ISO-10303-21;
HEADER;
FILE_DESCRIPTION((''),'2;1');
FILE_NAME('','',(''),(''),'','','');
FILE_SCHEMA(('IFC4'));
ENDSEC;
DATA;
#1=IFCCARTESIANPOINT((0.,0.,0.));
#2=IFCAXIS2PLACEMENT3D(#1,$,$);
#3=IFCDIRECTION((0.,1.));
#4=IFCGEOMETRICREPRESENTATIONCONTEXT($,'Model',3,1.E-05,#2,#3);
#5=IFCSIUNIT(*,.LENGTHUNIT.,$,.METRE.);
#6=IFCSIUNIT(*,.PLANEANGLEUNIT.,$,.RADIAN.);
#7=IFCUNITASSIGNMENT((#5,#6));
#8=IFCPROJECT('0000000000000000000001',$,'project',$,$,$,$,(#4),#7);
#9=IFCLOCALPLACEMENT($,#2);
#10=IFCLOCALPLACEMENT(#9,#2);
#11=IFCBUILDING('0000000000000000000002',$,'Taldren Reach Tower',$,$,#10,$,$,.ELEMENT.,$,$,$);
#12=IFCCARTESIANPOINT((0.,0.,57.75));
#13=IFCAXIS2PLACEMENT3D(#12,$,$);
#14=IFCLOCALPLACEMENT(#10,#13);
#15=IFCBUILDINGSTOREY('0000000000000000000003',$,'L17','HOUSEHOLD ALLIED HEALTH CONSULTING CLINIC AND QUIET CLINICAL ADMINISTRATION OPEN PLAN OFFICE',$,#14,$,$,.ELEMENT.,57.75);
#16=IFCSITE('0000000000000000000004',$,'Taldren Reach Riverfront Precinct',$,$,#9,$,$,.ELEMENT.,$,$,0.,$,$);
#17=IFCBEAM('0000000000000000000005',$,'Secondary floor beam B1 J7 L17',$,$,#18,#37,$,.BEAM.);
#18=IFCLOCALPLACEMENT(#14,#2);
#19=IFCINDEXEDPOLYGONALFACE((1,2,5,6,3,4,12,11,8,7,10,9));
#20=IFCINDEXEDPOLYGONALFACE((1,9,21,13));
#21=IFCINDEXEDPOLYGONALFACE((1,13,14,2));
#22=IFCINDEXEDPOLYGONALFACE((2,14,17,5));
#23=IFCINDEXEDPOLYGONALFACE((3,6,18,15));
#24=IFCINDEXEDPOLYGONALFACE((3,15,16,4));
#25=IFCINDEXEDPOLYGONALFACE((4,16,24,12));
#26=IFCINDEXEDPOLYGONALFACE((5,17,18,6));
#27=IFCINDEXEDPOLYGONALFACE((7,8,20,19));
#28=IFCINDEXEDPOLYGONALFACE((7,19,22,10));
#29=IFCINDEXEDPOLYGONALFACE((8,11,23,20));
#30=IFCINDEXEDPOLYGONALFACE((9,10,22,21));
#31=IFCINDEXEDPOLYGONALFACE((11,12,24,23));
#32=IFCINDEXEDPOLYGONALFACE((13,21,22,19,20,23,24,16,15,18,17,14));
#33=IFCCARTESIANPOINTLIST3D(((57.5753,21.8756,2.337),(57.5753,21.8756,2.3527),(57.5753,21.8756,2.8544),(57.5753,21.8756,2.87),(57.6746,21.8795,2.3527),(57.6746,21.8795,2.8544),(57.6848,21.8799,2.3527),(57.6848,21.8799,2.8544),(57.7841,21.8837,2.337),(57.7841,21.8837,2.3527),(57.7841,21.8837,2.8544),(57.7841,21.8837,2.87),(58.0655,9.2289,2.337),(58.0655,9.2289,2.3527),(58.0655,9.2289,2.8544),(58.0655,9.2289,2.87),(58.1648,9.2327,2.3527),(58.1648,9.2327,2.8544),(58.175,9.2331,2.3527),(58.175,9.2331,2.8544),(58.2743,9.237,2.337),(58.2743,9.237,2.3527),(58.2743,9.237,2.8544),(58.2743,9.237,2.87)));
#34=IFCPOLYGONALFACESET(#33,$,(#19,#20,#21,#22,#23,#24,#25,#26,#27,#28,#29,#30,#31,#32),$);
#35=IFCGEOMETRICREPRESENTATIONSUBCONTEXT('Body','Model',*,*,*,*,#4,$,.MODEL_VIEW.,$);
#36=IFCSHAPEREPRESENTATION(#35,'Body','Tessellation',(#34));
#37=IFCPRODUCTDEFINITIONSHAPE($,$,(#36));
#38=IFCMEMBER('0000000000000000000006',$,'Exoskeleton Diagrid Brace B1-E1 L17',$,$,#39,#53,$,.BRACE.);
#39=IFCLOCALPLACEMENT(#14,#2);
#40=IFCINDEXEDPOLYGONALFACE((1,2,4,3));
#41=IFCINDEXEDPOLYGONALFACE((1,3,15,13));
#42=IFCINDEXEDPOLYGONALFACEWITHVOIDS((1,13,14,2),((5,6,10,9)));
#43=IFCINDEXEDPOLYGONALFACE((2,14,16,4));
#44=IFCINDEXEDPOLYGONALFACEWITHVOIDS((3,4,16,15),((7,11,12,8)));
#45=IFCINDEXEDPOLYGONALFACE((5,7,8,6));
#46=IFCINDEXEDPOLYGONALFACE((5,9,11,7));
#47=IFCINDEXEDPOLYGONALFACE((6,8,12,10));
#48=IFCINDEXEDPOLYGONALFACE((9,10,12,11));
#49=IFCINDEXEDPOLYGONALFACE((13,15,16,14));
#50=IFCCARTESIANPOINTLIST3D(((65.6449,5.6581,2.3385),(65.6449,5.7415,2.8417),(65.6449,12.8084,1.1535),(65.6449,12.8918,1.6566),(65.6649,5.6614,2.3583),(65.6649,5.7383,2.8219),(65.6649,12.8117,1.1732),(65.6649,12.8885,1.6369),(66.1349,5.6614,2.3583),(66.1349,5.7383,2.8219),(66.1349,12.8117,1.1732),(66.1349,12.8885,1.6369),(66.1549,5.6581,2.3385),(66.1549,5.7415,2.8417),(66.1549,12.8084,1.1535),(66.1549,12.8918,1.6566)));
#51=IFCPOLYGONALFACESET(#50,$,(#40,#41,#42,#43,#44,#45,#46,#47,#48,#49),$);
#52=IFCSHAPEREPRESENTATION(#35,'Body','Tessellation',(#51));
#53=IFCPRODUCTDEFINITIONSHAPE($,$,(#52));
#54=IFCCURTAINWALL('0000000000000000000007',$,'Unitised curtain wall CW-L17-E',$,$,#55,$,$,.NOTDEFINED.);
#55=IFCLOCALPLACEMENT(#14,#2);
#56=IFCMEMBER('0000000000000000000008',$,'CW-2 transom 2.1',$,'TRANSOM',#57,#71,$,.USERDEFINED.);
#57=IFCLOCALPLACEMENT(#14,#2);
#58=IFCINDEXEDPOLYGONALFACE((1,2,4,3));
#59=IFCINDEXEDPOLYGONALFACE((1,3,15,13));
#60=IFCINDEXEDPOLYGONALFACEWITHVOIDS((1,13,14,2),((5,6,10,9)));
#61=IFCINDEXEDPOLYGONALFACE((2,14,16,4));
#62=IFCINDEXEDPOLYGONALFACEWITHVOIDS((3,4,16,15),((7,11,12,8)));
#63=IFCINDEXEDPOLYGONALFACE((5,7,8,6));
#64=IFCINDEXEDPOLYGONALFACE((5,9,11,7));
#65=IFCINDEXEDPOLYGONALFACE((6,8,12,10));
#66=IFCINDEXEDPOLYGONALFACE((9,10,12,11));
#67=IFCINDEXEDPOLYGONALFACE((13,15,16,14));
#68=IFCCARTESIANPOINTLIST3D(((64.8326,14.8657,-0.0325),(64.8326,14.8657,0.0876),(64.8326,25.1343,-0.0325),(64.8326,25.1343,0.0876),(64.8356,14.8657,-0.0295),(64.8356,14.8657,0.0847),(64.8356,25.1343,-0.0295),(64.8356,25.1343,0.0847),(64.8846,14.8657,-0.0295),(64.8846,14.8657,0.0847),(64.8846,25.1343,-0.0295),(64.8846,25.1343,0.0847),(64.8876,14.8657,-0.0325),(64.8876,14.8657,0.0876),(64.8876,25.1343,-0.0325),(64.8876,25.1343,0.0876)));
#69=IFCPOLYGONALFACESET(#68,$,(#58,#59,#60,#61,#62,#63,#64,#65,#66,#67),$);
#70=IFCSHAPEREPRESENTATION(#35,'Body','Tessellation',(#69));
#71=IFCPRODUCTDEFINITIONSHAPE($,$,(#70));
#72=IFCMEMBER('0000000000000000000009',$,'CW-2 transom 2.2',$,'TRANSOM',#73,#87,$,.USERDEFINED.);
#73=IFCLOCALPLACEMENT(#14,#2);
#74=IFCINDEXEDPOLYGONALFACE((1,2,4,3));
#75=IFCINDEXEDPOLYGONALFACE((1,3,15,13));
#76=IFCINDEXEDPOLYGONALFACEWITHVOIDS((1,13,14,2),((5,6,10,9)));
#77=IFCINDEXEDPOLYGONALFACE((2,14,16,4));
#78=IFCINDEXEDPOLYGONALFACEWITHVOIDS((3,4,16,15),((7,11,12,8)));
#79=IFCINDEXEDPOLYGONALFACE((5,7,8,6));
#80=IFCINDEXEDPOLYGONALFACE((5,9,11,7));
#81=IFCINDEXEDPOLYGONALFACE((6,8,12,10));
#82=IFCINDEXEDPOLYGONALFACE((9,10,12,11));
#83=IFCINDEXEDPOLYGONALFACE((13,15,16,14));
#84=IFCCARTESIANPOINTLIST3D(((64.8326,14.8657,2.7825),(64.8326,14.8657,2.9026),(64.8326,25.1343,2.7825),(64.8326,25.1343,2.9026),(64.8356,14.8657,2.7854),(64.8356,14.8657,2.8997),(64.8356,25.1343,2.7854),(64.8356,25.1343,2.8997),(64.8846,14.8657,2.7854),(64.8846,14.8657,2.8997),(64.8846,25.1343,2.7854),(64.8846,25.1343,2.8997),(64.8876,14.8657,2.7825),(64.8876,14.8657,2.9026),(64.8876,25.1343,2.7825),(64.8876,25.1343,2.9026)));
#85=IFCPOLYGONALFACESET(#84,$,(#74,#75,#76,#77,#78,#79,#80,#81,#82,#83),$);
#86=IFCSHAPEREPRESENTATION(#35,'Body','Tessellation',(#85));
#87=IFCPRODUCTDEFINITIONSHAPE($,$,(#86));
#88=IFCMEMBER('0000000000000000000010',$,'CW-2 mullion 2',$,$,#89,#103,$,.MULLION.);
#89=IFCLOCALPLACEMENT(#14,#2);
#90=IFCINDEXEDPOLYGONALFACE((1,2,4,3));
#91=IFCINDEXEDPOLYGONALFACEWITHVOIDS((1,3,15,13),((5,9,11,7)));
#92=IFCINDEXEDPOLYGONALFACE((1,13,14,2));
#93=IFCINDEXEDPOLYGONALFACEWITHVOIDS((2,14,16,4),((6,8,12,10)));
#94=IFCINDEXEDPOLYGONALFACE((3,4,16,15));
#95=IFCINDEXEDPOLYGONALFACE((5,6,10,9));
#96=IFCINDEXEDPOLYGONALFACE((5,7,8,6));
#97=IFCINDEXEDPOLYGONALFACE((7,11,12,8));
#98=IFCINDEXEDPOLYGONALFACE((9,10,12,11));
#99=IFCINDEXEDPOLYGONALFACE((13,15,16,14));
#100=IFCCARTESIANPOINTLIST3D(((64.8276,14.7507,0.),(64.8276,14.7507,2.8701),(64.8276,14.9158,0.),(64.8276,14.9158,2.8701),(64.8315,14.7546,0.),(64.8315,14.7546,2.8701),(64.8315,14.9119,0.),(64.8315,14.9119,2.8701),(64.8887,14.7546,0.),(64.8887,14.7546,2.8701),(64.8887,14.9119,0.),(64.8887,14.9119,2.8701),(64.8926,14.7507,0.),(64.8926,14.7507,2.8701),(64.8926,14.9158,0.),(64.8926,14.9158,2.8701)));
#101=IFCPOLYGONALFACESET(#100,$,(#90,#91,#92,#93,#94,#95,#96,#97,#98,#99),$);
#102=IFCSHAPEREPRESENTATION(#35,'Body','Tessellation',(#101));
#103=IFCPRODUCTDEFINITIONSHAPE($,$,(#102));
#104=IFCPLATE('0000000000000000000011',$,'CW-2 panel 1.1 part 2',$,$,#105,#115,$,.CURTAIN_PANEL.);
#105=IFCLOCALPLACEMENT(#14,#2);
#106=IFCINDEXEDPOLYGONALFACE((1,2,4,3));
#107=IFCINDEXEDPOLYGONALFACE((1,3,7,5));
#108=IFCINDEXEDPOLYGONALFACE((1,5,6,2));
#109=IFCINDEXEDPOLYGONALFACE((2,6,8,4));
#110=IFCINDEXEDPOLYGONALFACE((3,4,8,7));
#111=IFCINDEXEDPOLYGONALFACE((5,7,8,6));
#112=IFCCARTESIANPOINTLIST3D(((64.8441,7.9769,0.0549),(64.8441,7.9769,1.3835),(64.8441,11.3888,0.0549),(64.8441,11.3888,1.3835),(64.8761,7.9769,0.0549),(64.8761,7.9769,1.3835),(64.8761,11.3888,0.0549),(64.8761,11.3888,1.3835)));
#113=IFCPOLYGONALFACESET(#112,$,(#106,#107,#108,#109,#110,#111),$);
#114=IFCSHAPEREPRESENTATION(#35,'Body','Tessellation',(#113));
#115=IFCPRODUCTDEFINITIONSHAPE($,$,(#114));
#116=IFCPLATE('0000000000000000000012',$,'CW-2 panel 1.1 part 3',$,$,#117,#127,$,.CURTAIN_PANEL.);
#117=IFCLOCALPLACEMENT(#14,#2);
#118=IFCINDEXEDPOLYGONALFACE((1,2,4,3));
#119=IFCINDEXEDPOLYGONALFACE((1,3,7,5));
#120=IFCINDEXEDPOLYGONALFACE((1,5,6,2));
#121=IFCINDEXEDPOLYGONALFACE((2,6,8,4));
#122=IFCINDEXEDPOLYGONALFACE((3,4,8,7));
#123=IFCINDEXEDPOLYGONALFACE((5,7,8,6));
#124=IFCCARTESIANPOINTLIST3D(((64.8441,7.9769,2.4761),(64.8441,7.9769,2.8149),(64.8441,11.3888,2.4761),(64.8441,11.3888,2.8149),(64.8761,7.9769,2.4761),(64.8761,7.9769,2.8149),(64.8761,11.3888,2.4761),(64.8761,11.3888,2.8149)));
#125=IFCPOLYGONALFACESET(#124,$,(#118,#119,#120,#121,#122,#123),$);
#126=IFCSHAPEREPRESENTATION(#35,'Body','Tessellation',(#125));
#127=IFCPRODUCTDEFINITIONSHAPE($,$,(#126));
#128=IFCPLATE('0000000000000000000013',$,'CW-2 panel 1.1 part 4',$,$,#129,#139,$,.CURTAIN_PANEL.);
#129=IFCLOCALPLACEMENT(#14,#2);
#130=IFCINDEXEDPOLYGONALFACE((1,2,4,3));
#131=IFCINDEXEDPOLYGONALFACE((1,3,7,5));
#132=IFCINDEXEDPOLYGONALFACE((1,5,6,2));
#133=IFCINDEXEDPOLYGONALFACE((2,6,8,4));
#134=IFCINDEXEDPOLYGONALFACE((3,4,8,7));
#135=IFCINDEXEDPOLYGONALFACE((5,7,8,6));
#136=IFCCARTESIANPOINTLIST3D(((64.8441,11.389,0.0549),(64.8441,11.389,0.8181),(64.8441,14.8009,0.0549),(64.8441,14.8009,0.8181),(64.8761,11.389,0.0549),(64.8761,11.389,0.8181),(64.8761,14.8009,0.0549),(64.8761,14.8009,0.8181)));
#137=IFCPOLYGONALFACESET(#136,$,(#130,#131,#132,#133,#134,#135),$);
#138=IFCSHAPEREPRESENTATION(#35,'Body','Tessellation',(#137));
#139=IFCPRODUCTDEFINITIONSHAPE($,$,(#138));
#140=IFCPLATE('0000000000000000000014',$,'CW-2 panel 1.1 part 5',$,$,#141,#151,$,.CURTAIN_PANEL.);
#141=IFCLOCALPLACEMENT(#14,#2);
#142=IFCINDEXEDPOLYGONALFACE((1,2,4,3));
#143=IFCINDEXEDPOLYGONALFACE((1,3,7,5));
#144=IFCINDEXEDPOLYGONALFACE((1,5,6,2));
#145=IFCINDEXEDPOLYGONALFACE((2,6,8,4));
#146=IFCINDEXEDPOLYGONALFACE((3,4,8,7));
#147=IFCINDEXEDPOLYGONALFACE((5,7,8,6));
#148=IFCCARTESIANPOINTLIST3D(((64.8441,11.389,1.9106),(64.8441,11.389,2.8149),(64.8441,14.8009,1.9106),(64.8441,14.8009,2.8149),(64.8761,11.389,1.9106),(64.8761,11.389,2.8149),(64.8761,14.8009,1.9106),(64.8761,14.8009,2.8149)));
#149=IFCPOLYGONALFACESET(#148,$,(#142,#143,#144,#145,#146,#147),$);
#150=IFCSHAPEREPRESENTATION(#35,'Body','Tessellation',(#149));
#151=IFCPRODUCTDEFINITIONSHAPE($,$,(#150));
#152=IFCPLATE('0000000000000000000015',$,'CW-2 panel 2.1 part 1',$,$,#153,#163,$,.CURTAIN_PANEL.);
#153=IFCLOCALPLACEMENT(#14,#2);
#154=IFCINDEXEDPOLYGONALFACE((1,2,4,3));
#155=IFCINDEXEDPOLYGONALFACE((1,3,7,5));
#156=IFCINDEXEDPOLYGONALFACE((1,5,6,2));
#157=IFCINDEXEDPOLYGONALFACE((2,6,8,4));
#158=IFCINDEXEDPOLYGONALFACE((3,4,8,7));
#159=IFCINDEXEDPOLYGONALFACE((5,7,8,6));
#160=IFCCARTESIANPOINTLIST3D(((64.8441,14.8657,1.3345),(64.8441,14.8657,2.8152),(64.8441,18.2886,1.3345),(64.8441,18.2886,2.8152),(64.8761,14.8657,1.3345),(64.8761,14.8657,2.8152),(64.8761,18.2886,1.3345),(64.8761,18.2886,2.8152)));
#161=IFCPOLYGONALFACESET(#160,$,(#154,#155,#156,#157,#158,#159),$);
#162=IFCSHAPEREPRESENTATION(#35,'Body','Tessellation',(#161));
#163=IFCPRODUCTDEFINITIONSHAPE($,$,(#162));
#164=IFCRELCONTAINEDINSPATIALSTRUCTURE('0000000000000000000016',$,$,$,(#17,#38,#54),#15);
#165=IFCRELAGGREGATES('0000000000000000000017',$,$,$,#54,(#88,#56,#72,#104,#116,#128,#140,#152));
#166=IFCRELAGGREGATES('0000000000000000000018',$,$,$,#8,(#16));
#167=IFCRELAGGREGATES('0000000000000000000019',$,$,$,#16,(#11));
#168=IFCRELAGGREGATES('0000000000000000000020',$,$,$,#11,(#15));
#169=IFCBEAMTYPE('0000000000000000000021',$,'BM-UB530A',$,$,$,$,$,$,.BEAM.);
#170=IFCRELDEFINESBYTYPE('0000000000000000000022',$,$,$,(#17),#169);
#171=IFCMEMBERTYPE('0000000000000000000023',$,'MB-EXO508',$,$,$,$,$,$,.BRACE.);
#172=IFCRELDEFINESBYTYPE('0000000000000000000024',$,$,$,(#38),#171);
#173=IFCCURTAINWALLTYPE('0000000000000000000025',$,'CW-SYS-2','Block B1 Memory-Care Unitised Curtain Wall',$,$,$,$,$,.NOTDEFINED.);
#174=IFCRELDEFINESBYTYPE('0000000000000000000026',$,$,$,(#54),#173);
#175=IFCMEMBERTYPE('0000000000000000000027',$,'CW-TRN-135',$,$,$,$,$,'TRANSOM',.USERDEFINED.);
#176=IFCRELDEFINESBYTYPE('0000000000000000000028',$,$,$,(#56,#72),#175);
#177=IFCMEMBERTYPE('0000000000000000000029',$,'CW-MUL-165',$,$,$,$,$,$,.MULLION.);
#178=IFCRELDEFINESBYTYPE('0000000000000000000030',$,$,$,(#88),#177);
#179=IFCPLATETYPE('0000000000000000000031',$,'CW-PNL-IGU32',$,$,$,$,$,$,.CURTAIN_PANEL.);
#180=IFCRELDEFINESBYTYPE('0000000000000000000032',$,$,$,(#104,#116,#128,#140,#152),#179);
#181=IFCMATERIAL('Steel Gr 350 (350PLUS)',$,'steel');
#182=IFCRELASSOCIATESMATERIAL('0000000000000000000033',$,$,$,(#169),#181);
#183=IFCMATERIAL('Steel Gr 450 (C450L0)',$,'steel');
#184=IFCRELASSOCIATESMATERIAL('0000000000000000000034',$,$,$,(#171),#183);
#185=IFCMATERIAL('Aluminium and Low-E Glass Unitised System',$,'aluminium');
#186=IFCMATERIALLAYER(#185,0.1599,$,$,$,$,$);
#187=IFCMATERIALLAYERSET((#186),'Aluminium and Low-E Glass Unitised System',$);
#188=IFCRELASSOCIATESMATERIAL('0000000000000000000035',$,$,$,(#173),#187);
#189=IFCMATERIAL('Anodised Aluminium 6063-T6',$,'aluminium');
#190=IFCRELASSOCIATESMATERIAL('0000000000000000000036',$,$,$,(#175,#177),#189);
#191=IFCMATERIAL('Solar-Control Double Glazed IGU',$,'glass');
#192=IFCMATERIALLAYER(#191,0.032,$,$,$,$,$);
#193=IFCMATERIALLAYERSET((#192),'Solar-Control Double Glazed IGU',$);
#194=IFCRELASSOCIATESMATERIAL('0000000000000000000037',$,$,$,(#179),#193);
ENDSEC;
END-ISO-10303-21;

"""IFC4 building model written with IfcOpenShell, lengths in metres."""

from ifc_helpers import new_model, si_unit, direction, frame, origin, origin_2d, place, context, subcontext, project, spatial, rectangle, hollow_rectangle, i_section, extrude, source, transform, mapped, material, layer, layer_set, material_profile, profile_set, type_object, element, aggregate, save


model = new_model("IFC4")

# Units and contexts
model_context = context("Model", 3, precision=1e-05, world=origin(), true_north=direction((0.0, 1.0)))
body_context = subcontext(model_context, "Body", "Model", "MODEL_VIEW")
ifc_project = project(units=[si_unit("LENGTHUNIT", "METRE"), si_unit("PLANEANGLEUNIT", "RADIAN")], contexts=[model_context])

# Site, building, storey
site_placement = place(None, origin())
site = spatial("IfcSite", under=ifc_project, at=site_placement, Name="Taldren Reach Riverfront Precinct", CompositionType="ELEMENT", RefElevation=0.0)
building_placement = place(site_placement, origin())
building = spatial("IfcBuilding", under=site, at=building_placement, Name="Taldren Reach Tower", CompositionType="ELEMENT")
storey_placement = place(building_placement, frame((0.0, 0.0, 57.75)))
storey = spatial("IfcBuildingStorey", under=building, at=storey_placement, Name="L17", Description="HOUSEHOLD ALLIED HEALTH CONSULTING CLINIC AND QUIET CLINICAL ADMINISTRATION OPEN PLAN OFFICE", CompositionType="ELEMENT", Elevation=57.75)

# Beam
ifc_material_1 = material(Name="Steel Gr 350 (350PLUS)", Category="steel")
ifc_material_profile_1 = material_profile(ifc_material_1, i_section(OverallWidth=0.209, OverallDepth=0.533, WebThickness=0.0103, FlangeThickness=0.0156, at=origin_2d()), Name="530UB92.4")
ifc_profile_set_1 = profile_set([ifc_material_profile_1], Name="Steel Gr 350 (350PLUS)")
beam_type = type_object("IfcBeamType", Name="BM-UB530A", PredefinedType="BEAM", material=ifc_profile_set_1)
shared_shape_1 = source(origin(), body_context, "Body", "SweptSolid", [
    extrude(i_section(OverallWidth=0.209, OverallDepth=0.533, WebThickness=0.0103, FlangeThickness=0.0156, at=origin_2d()), origin(), (0.0, 0.0, 1.0), 12.6562),
])
beam_placement = place(storey_placement, frame((58.1699, 9.2329, 2.6035), z_axis=(-0.038735, 0.99925, 0.0), x_axis=(-0.99925, -0.038735, 0.0)))
element("IfcBeam", 1, at=beam_placement, inside=storey, type_object=beam_type, Name="Secondary floor beam B1 J7 L17", PredefinedType="BEAM", context=body_context, shape_type="MappedRepresentation", body=[
    mapped(shared_shape_1, transform((0.0, 0.0, 0.0), scale=1.0)),
])

# Member
ifc_material_2 = material(Name="Steel Gr 450 (C450L0)", Category="steel")
ifc_material_profile_2 = material_profile(ifc_material_2, hollow_rectangle(XDim=0.51, YDim=0.51, WallThickness=0.02, at=origin_2d()), Name="510x510x20.0SHS")
ifc_profile_set_2 = profile_set([ifc_material_profile_2], Name="Steel Gr 450 (C450L0)")
member_type_1 = type_object("IfcMemberType", Name="MB-EXO508", PredefinedType="BRACE", material=ifc_profile_set_2)
shared_shape_2 = source(origin(), body_context, "Body", "SweptSolid", [
    extrude(hollow_rectangle(XDim=0.51, YDim=0.51, WallThickness=0.02, at=origin_2d()), origin(), (0.0, 0.0, 1.0), 7.2478),
])
member_1_placement = place(storey_placement, frame((65.8999, 12.8501, 1.405), z_axis=(0.0, -0.986542, 0.163509), x_axis=(1.0, 0.0, 0.0)))
element("IfcMember", 2, at=member_1_placement, inside=storey, type_object=member_type_1, Name="Exoskeleton Diagrid Brace B1-E1 L17", PredefinedType="BRACE", context=body_context, shape_type="MappedRepresentation", body=[
    mapped(shared_shape_2, transform((0.0, 0.0, 0.0), scale=1.0)),
])

# Curtain wall, members, plates
ifc_material_3 = material(Name="Aluminium and Low-E Glass Unitised System", Category="aluminium")
ifc_layer_1 = layer(ifc_material_3, 0.1599)
ifc_layer_set_1 = layer_set([ifc_layer_1], Name="Aluminium and Low-E Glass Unitised System")
curtain_wall_type = type_object("IfcCurtainWallType", Name="CW-SYS-2", Description="Block B1 Memory-Care Unitised Curtain Wall", PredefinedType="NOTDEFINED", material=ifc_layer_set_1)
curtain_wall_placement = place(storey_placement, origin())
curtain_wall = element("IfcCurtainWall", 3, at=curtain_wall_placement, inside=storey, type_object=curtain_wall_type, Name="Unitised curtain wall CW-L17-E", PredefinedType="NOTDEFINED")
ifc_material_4 = material(Name="Anodised Aluminium 6063-T6", Category="aluminium")
ifc_material_profile_3 = material_profile(ifc_material_4, hollow_rectangle(XDim=0.0549, YDim=0.1201, WallThickness=0.0029, at=origin_2d()), Name="ALU-120x55x3RHS")
ifc_profile_set_3 = profile_set([ifc_material_profile_3], Name="Anodised Aluminium 6063-T6")
member_type_2 = type_object("IfcMemberType", Name="CW-TRN-135", ElementType="TRANSOM", PredefinedType="USERDEFINED", material=ifc_profile_set_3)
shared_shape_3 = source(origin(), body_context, "Body", "SweptSolid", [
    extrude(hollow_rectangle(XDim=0.0549, YDim=0.1201, WallThickness=0.0029, at=origin_2d()), origin(), (0.0, 0.0, 1.0), 10.2686),
])
member_2_placement = place(storey_placement, frame((64.8601, 14.8657, 0.0276), z_axis=(0.0, 1.0, 0.0), x_axis=(-1.0, 0.0, 0.0)))
member_2 = element("IfcMember", 4, at=member_2_placement, type_object=member_type_2, Name="CW-2 transom 2.1", ObjectType="TRANSOM", PredefinedType="USERDEFINED", context=body_context, shape_type="MappedRepresentation", body=[
    mapped(shared_shape_3, transform((0.0, 0.0, 0.0), scale=1.0)),
])
member_3_placement = place(storey_placement, frame((64.8601, 14.8657, 2.8425), z_axis=(0.0, 1.0, 0.0), x_axis=(-1.0, 0.0, 0.0)))
member_3 = element("IfcMember", 5, at=member_3_placement, type_object=member_type_2, Name="CW-2 transom 2.2", ObjectType="TRANSOM", PredefinedType="USERDEFINED", context=body_context, shape_type="MappedRepresentation", body=[
    mapped(shared_shape_3, transform((0.0, 0.0, 0.0), scale=1.0)),
])
ifc_material_profile_4 = material_profile(ifc_material_4, hollow_rectangle(XDim=0.0649, YDim=0.165, WallThickness=0.0039, at=origin_2d()), Name="ALU-165x65x4RHS")
ifc_profile_set_4 = profile_set([ifc_material_profile_4], Name="Anodised Aluminium 6063-T6")
member_type_3 = type_object("IfcMemberType", Name="CW-MUL-165", PredefinedType="MULLION", material=ifc_profile_set_4)
shared_shape_4 = source(origin(), body_context, "Body", "SweptSolid", [
    extrude(hollow_rectangle(XDim=0.0649, YDim=0.165, WallThickness=0.0039, at=origin_2d()), origin(), (0.0, 0.0, 1.0), 2.8701),
])
member_4_placement = place(storey_placement, frame((64.8601, 14.8333, 0.0), z_axis=(0.0, 0.0, 1.0), x_axis=(-1.0, 0.0, 0.0)))
member_4 = element("IfcMember", 6, at=member_4_placement, type_object=member_type_3, Name="CW-2 mullion 2", PredefinedType="MULLION", context=body_context, shape_type="MappedRepresentation", body=[
    mapped(shared_shape_4, transform((0.0, 0.0, 0.0), scale=1.0)),
])
ifc_material_5 = material(Name="Solar-Control Double Glazed IGU", Category="glass")
ifc_layer_2 = layer(ifc_material_5, 0.032)
ifc_layer_set_2 = layer_set([ifc_layer_2], Name="Solar-Control Double Glazed IGU")
plate_type = type_object("IfcPlateType", Name="CW-PNL-IGU32", PredefinedType="CURTAIN_PANEL", material=ifc_layer_set_2)
shared_shape_5 = source(origin(), body_context, "Body", "SweptSolid", [
    extrude(rectangle(XDim=3.4119, YDim=0.032, at=origin_2d()), origin(), (0.0, 0.0, 1.0), 1.3286),
])
plate_1_placement = place(storey_placement, frame((64.8601, 9.6829, 0.0549), z_axis=(0.0, 0.0, 1.0), x_axis=(0.0, 1.0, 0.0)))
plate_1 = element("IfcPlate", 7, at=plate_1_placement, type_object=plate_type, Name="CW-2 panel 1.1 part 2", PredefinedType="CURTAIN_PANEL", context=body_context, shape_type="MappedRepresentation", body=[
    mapped(shared_shape_5, transform((0.0, 0.0, 0.0), scale=1.0)),
])
shared_shape_6 = source(origin(), body_context, "Body", "SweptSolid", [
    extrude(rectangle(XDim=3.4119, YDim=0.032, at=origin_2d()), origin(), (0.0, 0.0, 1.0), 0.3389),
])
plate_2_placement = place(storey_placement, frame((64.8601, 9.6829, 2.4761), z_axis=(0.0, 0.0, 1.0), x_axis=(0.0, 1.0, 0.0)))
plate_2 = element("IfcPlate", 8, at=plate_2_placement, type_object=plate_type, Name="CW-2 panel 1.1 part 3", PredefinedType="CURTAIN_PANEL", context=body_context, shape_type="MappedRepresentation", body=[
    mapped(shared_shape_6, transform((0.0, 0.0, 0.0), scale=1.0)),
])
shared_shape_7 = source(origin(), body_context, "Body", "SweptSolid", [
    extrude(rectangle(XDim=3.4119, YDim=0.032, at=origin_2d()), origin(), (0.0, 0.0, 1.0), 0.7632),
])
plate_3_placement = place(storey_placement, frame((64.8601, 13.095, 0.0549), z_axis=(0.0, 0.0, 1.0), x_axis=(0.0, 1.0, 0.0)))
plate_3 = element("IfcPlate", 9, at=plate_3_placement, type_object=plate_type, Name="CW-2 panel 1.1 part 4", PredefinedType="CURTAIN_PANEL", context=body_context, shape_type="MappedRepresentation", body=[
    mapped(shared_shape_7, transform((0.0, 0.0, 0.0), scale=1.0)),
])
shared_shape_8 = source(origin(), body_context, "Body", "SweptSolid", [
    extrude(rectangle(XDim=3.4119, YDim=0.032, at=origin_2d()), origin(), (0.0, 0.0, 1.0), 0.9043),
])
plate_4_placement = place(storey_placement, frame((64.8601, 13.095, 1.9106), z_axis=(0.0, 0.0, 1.0), x_axis=(0.0, 1.0, 0.0)))
plate_4 = element("IfcPlate", 10, at=plate_4_placement, type_object=plate_type, Name="CW-2 panel 1.1 part 5", PredefinedType="CURTAIN_PANEL", context=body_context, shape_type="MappedRepresentation", body=[
    mapped(shared_shape_8, transform((0.0, 0.0, 0.0), scale=1.0)),
])
shared_shape_9 = source(origin(), body_context, "Body", "SweptSolid", [
    extrude(rectangle(XDim=3.4229, YDim=0.032, at=origin_2d()), origin(), (0.0, 0.0, 1.0), 1.4807),
])
plate_5_placement = place(storey_placement, frame((64.8601, 16.5771, 1.3345), z_axis=(0.0, 0.0, 1.0), x_axis=(0.0, 1.0, 0.0)))
plate_5 = element("IfcPlate", 11, at=plate_5_placement, type_object=plate_type, Name="CW-2 panel 2.1 part 1", PredefinedType="CURTAIN_PANEL", context=body_context, shape_type="MappedRepresentation", body=[
    mapped(shared_shape_9, transform((0.0, 0.0, 0.0), scale=1.0)),
])
aggregate(curtain_wall, [member_4, member_2, member_3, plate_1, plate_2, plate_3, plate_4, plate_5])

save(model, "model.ifc")
